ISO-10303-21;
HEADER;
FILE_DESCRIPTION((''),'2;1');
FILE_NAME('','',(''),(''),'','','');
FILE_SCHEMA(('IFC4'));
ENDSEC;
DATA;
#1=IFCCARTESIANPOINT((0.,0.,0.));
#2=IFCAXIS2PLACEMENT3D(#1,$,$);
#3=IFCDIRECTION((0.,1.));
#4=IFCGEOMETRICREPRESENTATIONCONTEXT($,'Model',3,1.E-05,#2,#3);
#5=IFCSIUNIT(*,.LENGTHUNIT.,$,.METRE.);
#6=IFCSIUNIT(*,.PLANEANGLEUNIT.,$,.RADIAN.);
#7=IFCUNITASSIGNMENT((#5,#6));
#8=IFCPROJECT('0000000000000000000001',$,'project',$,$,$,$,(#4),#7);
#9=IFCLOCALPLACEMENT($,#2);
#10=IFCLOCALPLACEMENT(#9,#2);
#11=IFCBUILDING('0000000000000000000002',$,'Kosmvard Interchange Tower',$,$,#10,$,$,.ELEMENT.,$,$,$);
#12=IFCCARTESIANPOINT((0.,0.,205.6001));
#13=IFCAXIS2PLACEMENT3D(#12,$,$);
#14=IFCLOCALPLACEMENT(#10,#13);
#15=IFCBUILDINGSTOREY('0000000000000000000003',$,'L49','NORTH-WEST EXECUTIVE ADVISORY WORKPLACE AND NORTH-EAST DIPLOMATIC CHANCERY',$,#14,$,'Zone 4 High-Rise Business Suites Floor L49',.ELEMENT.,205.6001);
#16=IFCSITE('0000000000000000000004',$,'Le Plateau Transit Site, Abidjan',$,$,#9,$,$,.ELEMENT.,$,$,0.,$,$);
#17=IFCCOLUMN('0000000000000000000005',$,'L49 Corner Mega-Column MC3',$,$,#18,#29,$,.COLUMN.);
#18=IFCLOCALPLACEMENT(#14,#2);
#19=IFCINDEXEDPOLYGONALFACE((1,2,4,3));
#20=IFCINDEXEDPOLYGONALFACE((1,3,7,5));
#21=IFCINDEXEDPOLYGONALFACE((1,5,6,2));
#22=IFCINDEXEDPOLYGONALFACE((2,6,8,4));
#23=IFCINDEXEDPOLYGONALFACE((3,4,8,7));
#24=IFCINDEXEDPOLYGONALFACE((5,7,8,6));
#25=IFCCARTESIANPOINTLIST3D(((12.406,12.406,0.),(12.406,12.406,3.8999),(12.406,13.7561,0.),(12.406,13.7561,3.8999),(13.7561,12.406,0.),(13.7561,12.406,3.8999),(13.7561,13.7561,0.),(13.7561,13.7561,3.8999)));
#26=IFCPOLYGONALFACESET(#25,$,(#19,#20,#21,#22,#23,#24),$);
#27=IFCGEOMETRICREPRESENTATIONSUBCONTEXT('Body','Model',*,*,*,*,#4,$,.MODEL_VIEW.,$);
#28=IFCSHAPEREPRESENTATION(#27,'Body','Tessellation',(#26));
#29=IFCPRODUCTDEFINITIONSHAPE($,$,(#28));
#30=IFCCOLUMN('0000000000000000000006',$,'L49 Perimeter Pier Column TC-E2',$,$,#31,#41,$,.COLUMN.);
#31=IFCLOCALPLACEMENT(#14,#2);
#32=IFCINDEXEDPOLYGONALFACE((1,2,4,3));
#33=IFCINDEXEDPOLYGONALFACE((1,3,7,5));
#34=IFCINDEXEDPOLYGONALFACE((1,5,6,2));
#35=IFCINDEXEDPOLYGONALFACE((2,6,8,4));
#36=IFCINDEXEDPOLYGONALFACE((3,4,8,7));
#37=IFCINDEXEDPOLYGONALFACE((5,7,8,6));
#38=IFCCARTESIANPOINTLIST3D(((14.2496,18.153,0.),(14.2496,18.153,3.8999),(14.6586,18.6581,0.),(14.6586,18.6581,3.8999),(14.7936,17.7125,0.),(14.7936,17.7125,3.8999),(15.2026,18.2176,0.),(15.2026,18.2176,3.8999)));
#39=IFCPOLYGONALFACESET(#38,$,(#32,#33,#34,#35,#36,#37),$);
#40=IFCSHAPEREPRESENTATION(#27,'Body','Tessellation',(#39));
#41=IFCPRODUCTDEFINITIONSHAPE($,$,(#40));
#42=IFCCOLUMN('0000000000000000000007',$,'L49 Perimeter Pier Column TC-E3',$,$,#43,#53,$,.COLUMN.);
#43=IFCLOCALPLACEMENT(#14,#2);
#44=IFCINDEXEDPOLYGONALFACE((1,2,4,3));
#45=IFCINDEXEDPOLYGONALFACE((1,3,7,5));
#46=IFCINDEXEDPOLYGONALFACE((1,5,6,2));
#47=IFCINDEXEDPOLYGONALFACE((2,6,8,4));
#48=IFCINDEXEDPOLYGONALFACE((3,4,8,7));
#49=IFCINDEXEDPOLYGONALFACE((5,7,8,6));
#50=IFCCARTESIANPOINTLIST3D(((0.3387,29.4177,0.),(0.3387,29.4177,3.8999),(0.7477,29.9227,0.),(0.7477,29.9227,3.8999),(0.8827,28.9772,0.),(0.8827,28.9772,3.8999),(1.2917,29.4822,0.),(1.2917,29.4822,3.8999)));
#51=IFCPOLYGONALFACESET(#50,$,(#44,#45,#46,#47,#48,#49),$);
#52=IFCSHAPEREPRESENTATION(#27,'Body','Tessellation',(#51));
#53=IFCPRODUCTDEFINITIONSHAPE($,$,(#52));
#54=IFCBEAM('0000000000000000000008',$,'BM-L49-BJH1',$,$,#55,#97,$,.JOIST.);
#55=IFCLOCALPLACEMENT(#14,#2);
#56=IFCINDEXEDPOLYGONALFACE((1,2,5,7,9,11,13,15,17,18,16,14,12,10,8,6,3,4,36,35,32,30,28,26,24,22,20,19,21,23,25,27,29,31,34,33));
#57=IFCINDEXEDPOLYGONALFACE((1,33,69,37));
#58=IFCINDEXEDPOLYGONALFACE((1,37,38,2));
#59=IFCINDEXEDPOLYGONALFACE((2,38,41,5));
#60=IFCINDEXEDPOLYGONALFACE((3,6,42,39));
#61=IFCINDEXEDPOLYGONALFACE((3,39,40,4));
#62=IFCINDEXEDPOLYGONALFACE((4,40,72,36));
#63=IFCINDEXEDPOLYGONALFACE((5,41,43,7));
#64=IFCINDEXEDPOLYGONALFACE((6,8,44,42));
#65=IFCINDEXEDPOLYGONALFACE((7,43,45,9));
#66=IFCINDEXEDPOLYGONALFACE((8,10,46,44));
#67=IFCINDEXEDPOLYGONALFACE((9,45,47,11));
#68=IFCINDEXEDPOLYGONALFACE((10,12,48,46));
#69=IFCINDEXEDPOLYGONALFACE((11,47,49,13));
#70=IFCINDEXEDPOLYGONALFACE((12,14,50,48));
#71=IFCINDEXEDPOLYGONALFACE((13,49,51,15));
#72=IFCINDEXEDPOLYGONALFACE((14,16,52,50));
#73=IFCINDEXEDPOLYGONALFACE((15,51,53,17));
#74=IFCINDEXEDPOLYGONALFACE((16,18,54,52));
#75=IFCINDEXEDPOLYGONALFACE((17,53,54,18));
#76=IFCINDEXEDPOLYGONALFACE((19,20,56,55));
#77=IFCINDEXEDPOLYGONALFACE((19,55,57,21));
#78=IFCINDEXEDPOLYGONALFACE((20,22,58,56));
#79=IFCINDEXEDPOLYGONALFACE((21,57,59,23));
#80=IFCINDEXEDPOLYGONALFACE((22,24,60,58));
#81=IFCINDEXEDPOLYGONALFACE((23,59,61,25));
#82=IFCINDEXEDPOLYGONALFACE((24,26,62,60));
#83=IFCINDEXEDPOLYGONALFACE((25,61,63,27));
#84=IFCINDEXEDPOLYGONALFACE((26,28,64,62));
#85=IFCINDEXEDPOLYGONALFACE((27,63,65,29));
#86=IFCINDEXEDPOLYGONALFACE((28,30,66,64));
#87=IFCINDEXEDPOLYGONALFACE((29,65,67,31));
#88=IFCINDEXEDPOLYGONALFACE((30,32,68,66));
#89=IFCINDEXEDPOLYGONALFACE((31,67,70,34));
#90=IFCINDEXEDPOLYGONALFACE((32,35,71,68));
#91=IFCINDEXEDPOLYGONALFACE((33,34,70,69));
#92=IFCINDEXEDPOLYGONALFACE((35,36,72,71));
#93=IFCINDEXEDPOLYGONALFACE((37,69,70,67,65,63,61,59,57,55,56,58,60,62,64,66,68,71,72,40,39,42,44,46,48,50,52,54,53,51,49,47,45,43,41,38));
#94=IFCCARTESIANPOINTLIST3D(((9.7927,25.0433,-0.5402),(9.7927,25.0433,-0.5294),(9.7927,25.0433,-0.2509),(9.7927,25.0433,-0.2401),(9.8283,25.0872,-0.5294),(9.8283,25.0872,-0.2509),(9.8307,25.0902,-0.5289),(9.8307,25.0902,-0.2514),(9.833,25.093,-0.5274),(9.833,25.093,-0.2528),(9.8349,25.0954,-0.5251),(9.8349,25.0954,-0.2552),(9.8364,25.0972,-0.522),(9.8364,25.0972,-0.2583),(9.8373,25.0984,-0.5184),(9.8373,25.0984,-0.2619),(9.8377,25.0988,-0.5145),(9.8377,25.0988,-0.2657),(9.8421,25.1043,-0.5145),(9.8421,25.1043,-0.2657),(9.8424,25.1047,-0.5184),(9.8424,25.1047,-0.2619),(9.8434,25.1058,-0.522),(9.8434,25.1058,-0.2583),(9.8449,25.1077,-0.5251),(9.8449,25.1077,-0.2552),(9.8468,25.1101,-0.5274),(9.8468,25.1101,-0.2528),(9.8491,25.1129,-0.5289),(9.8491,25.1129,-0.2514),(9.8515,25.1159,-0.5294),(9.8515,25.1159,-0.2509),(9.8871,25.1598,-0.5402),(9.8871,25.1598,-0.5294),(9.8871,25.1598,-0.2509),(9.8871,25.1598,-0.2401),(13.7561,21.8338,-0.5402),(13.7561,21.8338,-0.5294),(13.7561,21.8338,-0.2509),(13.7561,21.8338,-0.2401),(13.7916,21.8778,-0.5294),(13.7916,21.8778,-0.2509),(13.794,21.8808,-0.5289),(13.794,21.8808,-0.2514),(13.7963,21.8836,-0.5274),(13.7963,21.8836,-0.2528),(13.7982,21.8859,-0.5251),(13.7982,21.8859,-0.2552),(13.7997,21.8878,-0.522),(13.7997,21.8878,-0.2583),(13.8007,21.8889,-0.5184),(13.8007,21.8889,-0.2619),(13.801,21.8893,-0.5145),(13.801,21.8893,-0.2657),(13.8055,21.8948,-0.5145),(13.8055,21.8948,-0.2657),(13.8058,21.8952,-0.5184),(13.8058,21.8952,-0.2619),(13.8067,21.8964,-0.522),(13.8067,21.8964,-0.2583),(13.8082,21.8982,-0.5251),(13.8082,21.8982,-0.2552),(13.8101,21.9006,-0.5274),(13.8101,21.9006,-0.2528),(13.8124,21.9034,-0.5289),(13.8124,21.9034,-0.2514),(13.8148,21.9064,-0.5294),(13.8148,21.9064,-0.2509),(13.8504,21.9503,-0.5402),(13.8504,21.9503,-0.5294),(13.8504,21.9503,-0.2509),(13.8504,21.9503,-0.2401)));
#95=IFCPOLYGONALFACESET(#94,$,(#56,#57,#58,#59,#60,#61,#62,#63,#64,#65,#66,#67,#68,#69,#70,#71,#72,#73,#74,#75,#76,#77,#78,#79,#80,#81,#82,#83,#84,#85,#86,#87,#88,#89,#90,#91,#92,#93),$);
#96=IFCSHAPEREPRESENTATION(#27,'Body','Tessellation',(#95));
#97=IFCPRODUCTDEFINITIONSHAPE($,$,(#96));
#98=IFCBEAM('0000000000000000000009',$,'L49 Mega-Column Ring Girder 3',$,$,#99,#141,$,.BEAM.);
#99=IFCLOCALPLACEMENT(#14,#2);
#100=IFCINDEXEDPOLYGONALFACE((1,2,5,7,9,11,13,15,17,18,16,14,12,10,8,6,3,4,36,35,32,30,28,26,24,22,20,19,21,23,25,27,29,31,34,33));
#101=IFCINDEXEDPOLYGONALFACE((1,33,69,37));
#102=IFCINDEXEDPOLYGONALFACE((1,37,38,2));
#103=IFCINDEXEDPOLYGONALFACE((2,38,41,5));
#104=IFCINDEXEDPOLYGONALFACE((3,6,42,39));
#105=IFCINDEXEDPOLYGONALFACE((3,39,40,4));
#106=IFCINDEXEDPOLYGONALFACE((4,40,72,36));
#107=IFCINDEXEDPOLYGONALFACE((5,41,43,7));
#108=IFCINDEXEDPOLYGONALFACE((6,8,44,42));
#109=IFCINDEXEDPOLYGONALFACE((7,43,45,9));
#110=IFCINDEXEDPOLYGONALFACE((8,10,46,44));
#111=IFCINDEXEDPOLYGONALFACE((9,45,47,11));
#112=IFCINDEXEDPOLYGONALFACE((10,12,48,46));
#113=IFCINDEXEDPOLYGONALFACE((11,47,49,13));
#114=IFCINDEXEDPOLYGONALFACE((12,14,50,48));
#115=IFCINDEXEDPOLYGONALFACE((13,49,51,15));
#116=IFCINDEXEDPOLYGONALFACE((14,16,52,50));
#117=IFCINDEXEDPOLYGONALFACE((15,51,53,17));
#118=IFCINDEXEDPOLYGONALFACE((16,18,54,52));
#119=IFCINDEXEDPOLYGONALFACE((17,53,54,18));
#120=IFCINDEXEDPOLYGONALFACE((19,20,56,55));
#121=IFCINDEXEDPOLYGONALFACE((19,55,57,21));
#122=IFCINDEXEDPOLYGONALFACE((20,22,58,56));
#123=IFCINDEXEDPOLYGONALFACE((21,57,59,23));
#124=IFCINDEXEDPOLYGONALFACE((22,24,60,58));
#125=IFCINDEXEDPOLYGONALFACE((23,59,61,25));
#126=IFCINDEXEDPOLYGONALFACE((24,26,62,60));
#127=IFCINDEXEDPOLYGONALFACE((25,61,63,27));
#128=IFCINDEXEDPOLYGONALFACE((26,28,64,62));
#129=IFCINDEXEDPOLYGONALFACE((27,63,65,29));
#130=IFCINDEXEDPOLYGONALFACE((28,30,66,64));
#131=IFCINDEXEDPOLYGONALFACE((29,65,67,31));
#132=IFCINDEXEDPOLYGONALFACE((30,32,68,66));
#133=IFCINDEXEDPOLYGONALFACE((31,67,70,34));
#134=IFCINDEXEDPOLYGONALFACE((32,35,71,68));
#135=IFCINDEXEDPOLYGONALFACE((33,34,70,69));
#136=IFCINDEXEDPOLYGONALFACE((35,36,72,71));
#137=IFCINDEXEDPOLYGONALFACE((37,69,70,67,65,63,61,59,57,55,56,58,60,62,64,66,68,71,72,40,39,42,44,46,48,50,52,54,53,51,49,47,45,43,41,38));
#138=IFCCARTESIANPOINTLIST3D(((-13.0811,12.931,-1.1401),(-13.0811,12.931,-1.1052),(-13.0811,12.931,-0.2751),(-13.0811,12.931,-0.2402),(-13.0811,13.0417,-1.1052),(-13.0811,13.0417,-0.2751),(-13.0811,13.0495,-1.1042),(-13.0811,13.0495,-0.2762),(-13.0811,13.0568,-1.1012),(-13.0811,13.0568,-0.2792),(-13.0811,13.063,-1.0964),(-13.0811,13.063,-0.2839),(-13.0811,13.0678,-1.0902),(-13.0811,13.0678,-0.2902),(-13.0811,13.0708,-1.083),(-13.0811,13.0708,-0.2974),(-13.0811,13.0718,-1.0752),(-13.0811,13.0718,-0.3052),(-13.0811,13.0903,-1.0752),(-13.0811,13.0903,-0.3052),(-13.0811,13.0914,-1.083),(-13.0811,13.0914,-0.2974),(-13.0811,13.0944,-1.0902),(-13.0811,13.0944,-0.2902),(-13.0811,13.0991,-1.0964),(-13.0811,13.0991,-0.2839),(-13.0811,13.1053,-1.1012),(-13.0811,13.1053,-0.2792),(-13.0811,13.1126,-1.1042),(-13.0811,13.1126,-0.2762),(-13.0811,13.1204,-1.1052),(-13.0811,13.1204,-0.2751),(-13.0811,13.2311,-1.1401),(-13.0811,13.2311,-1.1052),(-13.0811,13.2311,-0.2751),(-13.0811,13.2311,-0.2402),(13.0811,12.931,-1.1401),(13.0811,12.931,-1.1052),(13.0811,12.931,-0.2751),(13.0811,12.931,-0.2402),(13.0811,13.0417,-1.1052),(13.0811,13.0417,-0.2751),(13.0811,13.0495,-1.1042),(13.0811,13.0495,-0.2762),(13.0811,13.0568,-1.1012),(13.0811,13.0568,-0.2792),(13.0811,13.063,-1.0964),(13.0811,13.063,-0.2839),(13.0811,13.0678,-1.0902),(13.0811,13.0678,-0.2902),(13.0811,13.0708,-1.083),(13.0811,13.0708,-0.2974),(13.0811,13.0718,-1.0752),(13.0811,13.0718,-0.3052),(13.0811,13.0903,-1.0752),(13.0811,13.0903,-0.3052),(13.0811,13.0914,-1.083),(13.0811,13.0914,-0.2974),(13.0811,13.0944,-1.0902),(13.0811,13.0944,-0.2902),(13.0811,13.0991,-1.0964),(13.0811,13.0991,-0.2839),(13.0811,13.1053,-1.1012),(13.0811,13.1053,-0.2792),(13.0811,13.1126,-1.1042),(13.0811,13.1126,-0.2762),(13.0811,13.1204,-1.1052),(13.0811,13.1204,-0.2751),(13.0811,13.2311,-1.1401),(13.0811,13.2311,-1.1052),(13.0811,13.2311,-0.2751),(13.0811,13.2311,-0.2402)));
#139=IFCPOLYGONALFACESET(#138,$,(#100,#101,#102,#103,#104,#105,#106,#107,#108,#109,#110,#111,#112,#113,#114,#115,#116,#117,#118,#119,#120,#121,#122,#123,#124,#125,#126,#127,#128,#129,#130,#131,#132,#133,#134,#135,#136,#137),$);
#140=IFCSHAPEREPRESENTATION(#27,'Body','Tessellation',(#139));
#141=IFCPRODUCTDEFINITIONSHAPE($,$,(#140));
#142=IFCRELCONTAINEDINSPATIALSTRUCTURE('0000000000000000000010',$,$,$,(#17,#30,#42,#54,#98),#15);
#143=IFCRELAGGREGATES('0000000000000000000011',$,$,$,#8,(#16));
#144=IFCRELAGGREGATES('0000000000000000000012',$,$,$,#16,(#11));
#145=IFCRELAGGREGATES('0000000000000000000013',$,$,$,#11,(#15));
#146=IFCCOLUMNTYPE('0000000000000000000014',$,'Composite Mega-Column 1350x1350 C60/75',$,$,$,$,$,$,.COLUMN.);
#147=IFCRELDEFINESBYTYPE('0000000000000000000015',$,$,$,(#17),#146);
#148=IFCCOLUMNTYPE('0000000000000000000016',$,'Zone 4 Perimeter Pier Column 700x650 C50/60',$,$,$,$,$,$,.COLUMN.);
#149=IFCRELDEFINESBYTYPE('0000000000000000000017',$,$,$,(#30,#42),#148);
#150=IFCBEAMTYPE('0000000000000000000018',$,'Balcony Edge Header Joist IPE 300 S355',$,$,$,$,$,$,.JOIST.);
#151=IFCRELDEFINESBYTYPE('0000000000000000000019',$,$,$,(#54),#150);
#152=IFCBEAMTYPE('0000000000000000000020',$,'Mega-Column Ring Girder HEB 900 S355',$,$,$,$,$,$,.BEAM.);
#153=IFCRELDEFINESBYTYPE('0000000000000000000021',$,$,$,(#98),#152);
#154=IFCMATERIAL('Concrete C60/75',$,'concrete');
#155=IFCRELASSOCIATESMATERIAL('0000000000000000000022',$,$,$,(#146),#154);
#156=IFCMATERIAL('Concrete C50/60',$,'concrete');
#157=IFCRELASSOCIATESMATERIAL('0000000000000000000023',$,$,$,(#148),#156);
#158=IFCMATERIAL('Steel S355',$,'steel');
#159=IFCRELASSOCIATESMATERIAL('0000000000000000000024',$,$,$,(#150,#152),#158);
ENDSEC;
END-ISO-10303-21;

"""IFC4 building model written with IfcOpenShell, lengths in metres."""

from ifc_helpers import new_model, si_unit, direction, frame, origin, origin_2d, place, context, subcontext, project, spatial, rectangle, i_section, extrude, source, transform, mapped, material, material_profile, profile_set, type_object, element, save


model = new_model("IFC4")

# Units and contexts
model_context = context("Model", 3, precision=1e-05, world=origin(), true_north=direction((0.0, 1.0)))
body_context = subcontext(model_context, "Body", "Model", "MODEL_VIEW")
ifc_project = project(units=[si_unit("LENGTHUNIT", "METRE"), si_unit("PLANEANGLEUNIT", "RADIAN")], contexts=[model_context])

# Site, building, storey
site_placement = place(None, origin())
site = spatial("IfcSite", under=ifc_project, at=site_placement, Name="Le Plateau Transit Site, Abidjan", CompositionType="ELEMENT", RefElevation=0.0)
building_placement = place(site_placement, origin())
building = spatial("IfcBuilding", under=site, at=building_placement, Name="Kosmvard Interchange Tower", CompositionType="ELEMENT")
storey_placement = place(building_placement, frame((0.0, 0.0, 205.6001)))
storey = spatial("IfcBuildingStorey", under=building, at=storey_placement, Name="L49", Description="NORTH-WEST EXECUTIVE ADVISORY WORKPLACE AND NORTH-EAST DIPLOMATIC CHANCERY", LongName="Zone 4 High-Rise Business Suites Floor L49", CompositionType="ELEMENT", Elevation=205.6001)

# Columns
ifc_material_1 = material(Name="Concrete C60/75", Category="concrete")
ifc_material_profile_1 = material_profile(ifc_material_1, rectangle(XDim=1.3501, YDim=1.3501, at=origin_2d()), Name="MC 1350x1350")
ifc_profile_set_1 = profile_set([ifc_material_profile_1], Name="Concrete C60/75")
column_type_1 = type_object("IfcColumnType", Name="Composite Mega-Column 1350x1350 C60/75", PredefinedType="COLUMN", material=ifc_profile_set_1)
shared_shape_1 = source(origin(), body_context, "Body", "SweptSolid", [
    extrude(rectangle(XDim=1.3501, YDim=1.3501, at=origin_2d()), origin(), (0.0, 0.0, 1.0), 3.8999),
])
column_placement = place(storey_placement, frame((13.0811, 13.0811, 0.0), z_axis=(0.0, 0.0, 1.0), x_axis=(1.0, 0.0, 0.0)))
element("IfcColumn", 1, at=column_placement, inside=storey, type_object=column_type_1, Name="L49 Corner Mega-Column MC3", PredefinedType="COLUMN", context=body_context, shape_type="MappedRepresentation", body=[
    mapped(shared_shape_1, transform((0.0, 0.0, 0.0), scale=1.0)),
])
ifc_material_2 = material(Name="Concrete C50/60", Category="concrete")
ifc_material_profile_2 = material_profile(ifc_material_2, rectangle(XDim=0.6499, YDim=0.7, at=origin_2d()), Name="TC 700x650")
ifc_profile_set_2 = profile_set([ifc_material_profile_2], Name="Concrete C50/60")
column_type_2 = type_object("IfcColumnType", Name="Zone 4 Perimeter Pier Column 700x650 C50/60", PredefinedType="COLUMN", material=ifc_profile_set_2)
shared_shape_2 = source(origin(), body_context, "Body", "SweptSolid", [
    extrude(rectangle(XDim=0.6499, YDim=0.7, at=origin_2d()), origin(), (0.0, 0.0, 1.0), 3.8999),
])
for number, where, z_axis, x_axis, name in (
    (2, (14.7261, 18.1853, 0.0), (0.0, 0.0, 1.0), (0.62932, 0.777146, 0.0), "L49 Perimeter Pier Column TC-E2"),
    (3, (0.8152, 29.45, 0.0), (0.0, 0.0, 1.0), (0.62932, 0.777146, 0.0), "L49 Perimeter Pier Column TC-E3"),
):
    element("IfcColumn", number, at=place(storey_placement, frame(where, z_axis=z_axis, x_axis=x_axis)), inside=storey, type_object=column_type_2, Name=name, PredefinedType="COLUMN", context=body_context, shape_type="MappedRepresentation", body=[
        mapped(shared_shape_2, transform((0.0, 0.0, 0.0), scale=1.0)),
    ])

# Beams
ifc_material_3 = material(Name="Steel S355", Category="steel")
ifc_material_profile_3 = material_profile(ifc_material_3, i_section(OverallWidth=0.1499, OverallDepth=0.3, WebThickness=0.0071, FlangeThickness=0.0107, FilletRadius=0.0149, at=origin_2d()), Name="IPE 300")
ifc_profile_set_3 = profile_set([ifc_material_profile_3], Name="Steel S355")
beam_type_1 = type_object("IfcBeamType", Name="Balcony Edge Header Joist IPE 300 S355", PredefinedType="JOIST", material=ifc_profile_set_3)
shared_shape_3 = source(origin(), body_context, "Body", "SweptSolid", [
    extrude(i_section(OverallWidth=0.1499, OverallDepth=0.3, WebThickness=0.0071, FlangeThickness=0.0107, FilletRadius=0.0149, at=origin_2d()), origin(), (0.0, 0.0, 1.0), 5.0999),
])
beam_1_placement = place(storey_placement, frame((13.8032, 21.8921, -0.3901), z_axis=(-0.777147, 0.629319, 0.0), x_axis=(-0.629319, -0.777147, 0.0)))
element("IfcBeam", 4, at=beam_1_placement, inside=storey, type_object=beam_type_1, Name="BM-L49-BJH1", PredefinedType="JOIST", context=body_context, shape_type="MappedRepresentation", body=[
    mapped(shared_shape_3, transform((0.0, 0.0, 0.0), scale=1.0)),
])
ifc_material_profile_4 = material_profile(ifc_material_3, i_section(OverallWidth=0.3, OverallDepth=0.8999, WebThickness=0.0186, FlangeThickness=0.0349, FilletRadius=0.03, at=origin_2d()), Name="HEB 900")
ifc_profile_set_4 = profile_set([ifc_material_profile_4], Name="Steel S355")
beam_type_2 = type_object("IfcBeamType", Name="Mega-Column Ring Girder HEB 900 S355", PredefinedType="BEAM", material=ifc_profile_set_4)
shared_shape_4 = source(origin(), body_context, "Body", "SweptSolid", [
    extrude(i_section(OverallWidth=0.3, OverallDepth=0.8999, WebThickness=0.0186, FlangeThickness=0.0349, FilletRadius=0.03, at=origin_2d()), origin(), (0.0, 0.0, 1.0), 26.1621),
])
beam_2_placement = place(storey_placement, frame((13.0811, 13.0811, -0.6902), z_axis=(-1.0, 0.0, 0.0), x_axis=(0.0, -1.0, 0.0)))
element("IfcBeam", 5, at=beam_2_placement, inside=storey, type_object=beam_type_2, Name="L49 Mega-Column Ring Girder 3", PredefinedType="BEAM", context=body_context, shape_type="MappedRepresentation", body=[
    mapped(shared_shape_4, transform((0.0, 0.0, 0.0), scale=1.0)),
])

save(model, "model.ifc")
